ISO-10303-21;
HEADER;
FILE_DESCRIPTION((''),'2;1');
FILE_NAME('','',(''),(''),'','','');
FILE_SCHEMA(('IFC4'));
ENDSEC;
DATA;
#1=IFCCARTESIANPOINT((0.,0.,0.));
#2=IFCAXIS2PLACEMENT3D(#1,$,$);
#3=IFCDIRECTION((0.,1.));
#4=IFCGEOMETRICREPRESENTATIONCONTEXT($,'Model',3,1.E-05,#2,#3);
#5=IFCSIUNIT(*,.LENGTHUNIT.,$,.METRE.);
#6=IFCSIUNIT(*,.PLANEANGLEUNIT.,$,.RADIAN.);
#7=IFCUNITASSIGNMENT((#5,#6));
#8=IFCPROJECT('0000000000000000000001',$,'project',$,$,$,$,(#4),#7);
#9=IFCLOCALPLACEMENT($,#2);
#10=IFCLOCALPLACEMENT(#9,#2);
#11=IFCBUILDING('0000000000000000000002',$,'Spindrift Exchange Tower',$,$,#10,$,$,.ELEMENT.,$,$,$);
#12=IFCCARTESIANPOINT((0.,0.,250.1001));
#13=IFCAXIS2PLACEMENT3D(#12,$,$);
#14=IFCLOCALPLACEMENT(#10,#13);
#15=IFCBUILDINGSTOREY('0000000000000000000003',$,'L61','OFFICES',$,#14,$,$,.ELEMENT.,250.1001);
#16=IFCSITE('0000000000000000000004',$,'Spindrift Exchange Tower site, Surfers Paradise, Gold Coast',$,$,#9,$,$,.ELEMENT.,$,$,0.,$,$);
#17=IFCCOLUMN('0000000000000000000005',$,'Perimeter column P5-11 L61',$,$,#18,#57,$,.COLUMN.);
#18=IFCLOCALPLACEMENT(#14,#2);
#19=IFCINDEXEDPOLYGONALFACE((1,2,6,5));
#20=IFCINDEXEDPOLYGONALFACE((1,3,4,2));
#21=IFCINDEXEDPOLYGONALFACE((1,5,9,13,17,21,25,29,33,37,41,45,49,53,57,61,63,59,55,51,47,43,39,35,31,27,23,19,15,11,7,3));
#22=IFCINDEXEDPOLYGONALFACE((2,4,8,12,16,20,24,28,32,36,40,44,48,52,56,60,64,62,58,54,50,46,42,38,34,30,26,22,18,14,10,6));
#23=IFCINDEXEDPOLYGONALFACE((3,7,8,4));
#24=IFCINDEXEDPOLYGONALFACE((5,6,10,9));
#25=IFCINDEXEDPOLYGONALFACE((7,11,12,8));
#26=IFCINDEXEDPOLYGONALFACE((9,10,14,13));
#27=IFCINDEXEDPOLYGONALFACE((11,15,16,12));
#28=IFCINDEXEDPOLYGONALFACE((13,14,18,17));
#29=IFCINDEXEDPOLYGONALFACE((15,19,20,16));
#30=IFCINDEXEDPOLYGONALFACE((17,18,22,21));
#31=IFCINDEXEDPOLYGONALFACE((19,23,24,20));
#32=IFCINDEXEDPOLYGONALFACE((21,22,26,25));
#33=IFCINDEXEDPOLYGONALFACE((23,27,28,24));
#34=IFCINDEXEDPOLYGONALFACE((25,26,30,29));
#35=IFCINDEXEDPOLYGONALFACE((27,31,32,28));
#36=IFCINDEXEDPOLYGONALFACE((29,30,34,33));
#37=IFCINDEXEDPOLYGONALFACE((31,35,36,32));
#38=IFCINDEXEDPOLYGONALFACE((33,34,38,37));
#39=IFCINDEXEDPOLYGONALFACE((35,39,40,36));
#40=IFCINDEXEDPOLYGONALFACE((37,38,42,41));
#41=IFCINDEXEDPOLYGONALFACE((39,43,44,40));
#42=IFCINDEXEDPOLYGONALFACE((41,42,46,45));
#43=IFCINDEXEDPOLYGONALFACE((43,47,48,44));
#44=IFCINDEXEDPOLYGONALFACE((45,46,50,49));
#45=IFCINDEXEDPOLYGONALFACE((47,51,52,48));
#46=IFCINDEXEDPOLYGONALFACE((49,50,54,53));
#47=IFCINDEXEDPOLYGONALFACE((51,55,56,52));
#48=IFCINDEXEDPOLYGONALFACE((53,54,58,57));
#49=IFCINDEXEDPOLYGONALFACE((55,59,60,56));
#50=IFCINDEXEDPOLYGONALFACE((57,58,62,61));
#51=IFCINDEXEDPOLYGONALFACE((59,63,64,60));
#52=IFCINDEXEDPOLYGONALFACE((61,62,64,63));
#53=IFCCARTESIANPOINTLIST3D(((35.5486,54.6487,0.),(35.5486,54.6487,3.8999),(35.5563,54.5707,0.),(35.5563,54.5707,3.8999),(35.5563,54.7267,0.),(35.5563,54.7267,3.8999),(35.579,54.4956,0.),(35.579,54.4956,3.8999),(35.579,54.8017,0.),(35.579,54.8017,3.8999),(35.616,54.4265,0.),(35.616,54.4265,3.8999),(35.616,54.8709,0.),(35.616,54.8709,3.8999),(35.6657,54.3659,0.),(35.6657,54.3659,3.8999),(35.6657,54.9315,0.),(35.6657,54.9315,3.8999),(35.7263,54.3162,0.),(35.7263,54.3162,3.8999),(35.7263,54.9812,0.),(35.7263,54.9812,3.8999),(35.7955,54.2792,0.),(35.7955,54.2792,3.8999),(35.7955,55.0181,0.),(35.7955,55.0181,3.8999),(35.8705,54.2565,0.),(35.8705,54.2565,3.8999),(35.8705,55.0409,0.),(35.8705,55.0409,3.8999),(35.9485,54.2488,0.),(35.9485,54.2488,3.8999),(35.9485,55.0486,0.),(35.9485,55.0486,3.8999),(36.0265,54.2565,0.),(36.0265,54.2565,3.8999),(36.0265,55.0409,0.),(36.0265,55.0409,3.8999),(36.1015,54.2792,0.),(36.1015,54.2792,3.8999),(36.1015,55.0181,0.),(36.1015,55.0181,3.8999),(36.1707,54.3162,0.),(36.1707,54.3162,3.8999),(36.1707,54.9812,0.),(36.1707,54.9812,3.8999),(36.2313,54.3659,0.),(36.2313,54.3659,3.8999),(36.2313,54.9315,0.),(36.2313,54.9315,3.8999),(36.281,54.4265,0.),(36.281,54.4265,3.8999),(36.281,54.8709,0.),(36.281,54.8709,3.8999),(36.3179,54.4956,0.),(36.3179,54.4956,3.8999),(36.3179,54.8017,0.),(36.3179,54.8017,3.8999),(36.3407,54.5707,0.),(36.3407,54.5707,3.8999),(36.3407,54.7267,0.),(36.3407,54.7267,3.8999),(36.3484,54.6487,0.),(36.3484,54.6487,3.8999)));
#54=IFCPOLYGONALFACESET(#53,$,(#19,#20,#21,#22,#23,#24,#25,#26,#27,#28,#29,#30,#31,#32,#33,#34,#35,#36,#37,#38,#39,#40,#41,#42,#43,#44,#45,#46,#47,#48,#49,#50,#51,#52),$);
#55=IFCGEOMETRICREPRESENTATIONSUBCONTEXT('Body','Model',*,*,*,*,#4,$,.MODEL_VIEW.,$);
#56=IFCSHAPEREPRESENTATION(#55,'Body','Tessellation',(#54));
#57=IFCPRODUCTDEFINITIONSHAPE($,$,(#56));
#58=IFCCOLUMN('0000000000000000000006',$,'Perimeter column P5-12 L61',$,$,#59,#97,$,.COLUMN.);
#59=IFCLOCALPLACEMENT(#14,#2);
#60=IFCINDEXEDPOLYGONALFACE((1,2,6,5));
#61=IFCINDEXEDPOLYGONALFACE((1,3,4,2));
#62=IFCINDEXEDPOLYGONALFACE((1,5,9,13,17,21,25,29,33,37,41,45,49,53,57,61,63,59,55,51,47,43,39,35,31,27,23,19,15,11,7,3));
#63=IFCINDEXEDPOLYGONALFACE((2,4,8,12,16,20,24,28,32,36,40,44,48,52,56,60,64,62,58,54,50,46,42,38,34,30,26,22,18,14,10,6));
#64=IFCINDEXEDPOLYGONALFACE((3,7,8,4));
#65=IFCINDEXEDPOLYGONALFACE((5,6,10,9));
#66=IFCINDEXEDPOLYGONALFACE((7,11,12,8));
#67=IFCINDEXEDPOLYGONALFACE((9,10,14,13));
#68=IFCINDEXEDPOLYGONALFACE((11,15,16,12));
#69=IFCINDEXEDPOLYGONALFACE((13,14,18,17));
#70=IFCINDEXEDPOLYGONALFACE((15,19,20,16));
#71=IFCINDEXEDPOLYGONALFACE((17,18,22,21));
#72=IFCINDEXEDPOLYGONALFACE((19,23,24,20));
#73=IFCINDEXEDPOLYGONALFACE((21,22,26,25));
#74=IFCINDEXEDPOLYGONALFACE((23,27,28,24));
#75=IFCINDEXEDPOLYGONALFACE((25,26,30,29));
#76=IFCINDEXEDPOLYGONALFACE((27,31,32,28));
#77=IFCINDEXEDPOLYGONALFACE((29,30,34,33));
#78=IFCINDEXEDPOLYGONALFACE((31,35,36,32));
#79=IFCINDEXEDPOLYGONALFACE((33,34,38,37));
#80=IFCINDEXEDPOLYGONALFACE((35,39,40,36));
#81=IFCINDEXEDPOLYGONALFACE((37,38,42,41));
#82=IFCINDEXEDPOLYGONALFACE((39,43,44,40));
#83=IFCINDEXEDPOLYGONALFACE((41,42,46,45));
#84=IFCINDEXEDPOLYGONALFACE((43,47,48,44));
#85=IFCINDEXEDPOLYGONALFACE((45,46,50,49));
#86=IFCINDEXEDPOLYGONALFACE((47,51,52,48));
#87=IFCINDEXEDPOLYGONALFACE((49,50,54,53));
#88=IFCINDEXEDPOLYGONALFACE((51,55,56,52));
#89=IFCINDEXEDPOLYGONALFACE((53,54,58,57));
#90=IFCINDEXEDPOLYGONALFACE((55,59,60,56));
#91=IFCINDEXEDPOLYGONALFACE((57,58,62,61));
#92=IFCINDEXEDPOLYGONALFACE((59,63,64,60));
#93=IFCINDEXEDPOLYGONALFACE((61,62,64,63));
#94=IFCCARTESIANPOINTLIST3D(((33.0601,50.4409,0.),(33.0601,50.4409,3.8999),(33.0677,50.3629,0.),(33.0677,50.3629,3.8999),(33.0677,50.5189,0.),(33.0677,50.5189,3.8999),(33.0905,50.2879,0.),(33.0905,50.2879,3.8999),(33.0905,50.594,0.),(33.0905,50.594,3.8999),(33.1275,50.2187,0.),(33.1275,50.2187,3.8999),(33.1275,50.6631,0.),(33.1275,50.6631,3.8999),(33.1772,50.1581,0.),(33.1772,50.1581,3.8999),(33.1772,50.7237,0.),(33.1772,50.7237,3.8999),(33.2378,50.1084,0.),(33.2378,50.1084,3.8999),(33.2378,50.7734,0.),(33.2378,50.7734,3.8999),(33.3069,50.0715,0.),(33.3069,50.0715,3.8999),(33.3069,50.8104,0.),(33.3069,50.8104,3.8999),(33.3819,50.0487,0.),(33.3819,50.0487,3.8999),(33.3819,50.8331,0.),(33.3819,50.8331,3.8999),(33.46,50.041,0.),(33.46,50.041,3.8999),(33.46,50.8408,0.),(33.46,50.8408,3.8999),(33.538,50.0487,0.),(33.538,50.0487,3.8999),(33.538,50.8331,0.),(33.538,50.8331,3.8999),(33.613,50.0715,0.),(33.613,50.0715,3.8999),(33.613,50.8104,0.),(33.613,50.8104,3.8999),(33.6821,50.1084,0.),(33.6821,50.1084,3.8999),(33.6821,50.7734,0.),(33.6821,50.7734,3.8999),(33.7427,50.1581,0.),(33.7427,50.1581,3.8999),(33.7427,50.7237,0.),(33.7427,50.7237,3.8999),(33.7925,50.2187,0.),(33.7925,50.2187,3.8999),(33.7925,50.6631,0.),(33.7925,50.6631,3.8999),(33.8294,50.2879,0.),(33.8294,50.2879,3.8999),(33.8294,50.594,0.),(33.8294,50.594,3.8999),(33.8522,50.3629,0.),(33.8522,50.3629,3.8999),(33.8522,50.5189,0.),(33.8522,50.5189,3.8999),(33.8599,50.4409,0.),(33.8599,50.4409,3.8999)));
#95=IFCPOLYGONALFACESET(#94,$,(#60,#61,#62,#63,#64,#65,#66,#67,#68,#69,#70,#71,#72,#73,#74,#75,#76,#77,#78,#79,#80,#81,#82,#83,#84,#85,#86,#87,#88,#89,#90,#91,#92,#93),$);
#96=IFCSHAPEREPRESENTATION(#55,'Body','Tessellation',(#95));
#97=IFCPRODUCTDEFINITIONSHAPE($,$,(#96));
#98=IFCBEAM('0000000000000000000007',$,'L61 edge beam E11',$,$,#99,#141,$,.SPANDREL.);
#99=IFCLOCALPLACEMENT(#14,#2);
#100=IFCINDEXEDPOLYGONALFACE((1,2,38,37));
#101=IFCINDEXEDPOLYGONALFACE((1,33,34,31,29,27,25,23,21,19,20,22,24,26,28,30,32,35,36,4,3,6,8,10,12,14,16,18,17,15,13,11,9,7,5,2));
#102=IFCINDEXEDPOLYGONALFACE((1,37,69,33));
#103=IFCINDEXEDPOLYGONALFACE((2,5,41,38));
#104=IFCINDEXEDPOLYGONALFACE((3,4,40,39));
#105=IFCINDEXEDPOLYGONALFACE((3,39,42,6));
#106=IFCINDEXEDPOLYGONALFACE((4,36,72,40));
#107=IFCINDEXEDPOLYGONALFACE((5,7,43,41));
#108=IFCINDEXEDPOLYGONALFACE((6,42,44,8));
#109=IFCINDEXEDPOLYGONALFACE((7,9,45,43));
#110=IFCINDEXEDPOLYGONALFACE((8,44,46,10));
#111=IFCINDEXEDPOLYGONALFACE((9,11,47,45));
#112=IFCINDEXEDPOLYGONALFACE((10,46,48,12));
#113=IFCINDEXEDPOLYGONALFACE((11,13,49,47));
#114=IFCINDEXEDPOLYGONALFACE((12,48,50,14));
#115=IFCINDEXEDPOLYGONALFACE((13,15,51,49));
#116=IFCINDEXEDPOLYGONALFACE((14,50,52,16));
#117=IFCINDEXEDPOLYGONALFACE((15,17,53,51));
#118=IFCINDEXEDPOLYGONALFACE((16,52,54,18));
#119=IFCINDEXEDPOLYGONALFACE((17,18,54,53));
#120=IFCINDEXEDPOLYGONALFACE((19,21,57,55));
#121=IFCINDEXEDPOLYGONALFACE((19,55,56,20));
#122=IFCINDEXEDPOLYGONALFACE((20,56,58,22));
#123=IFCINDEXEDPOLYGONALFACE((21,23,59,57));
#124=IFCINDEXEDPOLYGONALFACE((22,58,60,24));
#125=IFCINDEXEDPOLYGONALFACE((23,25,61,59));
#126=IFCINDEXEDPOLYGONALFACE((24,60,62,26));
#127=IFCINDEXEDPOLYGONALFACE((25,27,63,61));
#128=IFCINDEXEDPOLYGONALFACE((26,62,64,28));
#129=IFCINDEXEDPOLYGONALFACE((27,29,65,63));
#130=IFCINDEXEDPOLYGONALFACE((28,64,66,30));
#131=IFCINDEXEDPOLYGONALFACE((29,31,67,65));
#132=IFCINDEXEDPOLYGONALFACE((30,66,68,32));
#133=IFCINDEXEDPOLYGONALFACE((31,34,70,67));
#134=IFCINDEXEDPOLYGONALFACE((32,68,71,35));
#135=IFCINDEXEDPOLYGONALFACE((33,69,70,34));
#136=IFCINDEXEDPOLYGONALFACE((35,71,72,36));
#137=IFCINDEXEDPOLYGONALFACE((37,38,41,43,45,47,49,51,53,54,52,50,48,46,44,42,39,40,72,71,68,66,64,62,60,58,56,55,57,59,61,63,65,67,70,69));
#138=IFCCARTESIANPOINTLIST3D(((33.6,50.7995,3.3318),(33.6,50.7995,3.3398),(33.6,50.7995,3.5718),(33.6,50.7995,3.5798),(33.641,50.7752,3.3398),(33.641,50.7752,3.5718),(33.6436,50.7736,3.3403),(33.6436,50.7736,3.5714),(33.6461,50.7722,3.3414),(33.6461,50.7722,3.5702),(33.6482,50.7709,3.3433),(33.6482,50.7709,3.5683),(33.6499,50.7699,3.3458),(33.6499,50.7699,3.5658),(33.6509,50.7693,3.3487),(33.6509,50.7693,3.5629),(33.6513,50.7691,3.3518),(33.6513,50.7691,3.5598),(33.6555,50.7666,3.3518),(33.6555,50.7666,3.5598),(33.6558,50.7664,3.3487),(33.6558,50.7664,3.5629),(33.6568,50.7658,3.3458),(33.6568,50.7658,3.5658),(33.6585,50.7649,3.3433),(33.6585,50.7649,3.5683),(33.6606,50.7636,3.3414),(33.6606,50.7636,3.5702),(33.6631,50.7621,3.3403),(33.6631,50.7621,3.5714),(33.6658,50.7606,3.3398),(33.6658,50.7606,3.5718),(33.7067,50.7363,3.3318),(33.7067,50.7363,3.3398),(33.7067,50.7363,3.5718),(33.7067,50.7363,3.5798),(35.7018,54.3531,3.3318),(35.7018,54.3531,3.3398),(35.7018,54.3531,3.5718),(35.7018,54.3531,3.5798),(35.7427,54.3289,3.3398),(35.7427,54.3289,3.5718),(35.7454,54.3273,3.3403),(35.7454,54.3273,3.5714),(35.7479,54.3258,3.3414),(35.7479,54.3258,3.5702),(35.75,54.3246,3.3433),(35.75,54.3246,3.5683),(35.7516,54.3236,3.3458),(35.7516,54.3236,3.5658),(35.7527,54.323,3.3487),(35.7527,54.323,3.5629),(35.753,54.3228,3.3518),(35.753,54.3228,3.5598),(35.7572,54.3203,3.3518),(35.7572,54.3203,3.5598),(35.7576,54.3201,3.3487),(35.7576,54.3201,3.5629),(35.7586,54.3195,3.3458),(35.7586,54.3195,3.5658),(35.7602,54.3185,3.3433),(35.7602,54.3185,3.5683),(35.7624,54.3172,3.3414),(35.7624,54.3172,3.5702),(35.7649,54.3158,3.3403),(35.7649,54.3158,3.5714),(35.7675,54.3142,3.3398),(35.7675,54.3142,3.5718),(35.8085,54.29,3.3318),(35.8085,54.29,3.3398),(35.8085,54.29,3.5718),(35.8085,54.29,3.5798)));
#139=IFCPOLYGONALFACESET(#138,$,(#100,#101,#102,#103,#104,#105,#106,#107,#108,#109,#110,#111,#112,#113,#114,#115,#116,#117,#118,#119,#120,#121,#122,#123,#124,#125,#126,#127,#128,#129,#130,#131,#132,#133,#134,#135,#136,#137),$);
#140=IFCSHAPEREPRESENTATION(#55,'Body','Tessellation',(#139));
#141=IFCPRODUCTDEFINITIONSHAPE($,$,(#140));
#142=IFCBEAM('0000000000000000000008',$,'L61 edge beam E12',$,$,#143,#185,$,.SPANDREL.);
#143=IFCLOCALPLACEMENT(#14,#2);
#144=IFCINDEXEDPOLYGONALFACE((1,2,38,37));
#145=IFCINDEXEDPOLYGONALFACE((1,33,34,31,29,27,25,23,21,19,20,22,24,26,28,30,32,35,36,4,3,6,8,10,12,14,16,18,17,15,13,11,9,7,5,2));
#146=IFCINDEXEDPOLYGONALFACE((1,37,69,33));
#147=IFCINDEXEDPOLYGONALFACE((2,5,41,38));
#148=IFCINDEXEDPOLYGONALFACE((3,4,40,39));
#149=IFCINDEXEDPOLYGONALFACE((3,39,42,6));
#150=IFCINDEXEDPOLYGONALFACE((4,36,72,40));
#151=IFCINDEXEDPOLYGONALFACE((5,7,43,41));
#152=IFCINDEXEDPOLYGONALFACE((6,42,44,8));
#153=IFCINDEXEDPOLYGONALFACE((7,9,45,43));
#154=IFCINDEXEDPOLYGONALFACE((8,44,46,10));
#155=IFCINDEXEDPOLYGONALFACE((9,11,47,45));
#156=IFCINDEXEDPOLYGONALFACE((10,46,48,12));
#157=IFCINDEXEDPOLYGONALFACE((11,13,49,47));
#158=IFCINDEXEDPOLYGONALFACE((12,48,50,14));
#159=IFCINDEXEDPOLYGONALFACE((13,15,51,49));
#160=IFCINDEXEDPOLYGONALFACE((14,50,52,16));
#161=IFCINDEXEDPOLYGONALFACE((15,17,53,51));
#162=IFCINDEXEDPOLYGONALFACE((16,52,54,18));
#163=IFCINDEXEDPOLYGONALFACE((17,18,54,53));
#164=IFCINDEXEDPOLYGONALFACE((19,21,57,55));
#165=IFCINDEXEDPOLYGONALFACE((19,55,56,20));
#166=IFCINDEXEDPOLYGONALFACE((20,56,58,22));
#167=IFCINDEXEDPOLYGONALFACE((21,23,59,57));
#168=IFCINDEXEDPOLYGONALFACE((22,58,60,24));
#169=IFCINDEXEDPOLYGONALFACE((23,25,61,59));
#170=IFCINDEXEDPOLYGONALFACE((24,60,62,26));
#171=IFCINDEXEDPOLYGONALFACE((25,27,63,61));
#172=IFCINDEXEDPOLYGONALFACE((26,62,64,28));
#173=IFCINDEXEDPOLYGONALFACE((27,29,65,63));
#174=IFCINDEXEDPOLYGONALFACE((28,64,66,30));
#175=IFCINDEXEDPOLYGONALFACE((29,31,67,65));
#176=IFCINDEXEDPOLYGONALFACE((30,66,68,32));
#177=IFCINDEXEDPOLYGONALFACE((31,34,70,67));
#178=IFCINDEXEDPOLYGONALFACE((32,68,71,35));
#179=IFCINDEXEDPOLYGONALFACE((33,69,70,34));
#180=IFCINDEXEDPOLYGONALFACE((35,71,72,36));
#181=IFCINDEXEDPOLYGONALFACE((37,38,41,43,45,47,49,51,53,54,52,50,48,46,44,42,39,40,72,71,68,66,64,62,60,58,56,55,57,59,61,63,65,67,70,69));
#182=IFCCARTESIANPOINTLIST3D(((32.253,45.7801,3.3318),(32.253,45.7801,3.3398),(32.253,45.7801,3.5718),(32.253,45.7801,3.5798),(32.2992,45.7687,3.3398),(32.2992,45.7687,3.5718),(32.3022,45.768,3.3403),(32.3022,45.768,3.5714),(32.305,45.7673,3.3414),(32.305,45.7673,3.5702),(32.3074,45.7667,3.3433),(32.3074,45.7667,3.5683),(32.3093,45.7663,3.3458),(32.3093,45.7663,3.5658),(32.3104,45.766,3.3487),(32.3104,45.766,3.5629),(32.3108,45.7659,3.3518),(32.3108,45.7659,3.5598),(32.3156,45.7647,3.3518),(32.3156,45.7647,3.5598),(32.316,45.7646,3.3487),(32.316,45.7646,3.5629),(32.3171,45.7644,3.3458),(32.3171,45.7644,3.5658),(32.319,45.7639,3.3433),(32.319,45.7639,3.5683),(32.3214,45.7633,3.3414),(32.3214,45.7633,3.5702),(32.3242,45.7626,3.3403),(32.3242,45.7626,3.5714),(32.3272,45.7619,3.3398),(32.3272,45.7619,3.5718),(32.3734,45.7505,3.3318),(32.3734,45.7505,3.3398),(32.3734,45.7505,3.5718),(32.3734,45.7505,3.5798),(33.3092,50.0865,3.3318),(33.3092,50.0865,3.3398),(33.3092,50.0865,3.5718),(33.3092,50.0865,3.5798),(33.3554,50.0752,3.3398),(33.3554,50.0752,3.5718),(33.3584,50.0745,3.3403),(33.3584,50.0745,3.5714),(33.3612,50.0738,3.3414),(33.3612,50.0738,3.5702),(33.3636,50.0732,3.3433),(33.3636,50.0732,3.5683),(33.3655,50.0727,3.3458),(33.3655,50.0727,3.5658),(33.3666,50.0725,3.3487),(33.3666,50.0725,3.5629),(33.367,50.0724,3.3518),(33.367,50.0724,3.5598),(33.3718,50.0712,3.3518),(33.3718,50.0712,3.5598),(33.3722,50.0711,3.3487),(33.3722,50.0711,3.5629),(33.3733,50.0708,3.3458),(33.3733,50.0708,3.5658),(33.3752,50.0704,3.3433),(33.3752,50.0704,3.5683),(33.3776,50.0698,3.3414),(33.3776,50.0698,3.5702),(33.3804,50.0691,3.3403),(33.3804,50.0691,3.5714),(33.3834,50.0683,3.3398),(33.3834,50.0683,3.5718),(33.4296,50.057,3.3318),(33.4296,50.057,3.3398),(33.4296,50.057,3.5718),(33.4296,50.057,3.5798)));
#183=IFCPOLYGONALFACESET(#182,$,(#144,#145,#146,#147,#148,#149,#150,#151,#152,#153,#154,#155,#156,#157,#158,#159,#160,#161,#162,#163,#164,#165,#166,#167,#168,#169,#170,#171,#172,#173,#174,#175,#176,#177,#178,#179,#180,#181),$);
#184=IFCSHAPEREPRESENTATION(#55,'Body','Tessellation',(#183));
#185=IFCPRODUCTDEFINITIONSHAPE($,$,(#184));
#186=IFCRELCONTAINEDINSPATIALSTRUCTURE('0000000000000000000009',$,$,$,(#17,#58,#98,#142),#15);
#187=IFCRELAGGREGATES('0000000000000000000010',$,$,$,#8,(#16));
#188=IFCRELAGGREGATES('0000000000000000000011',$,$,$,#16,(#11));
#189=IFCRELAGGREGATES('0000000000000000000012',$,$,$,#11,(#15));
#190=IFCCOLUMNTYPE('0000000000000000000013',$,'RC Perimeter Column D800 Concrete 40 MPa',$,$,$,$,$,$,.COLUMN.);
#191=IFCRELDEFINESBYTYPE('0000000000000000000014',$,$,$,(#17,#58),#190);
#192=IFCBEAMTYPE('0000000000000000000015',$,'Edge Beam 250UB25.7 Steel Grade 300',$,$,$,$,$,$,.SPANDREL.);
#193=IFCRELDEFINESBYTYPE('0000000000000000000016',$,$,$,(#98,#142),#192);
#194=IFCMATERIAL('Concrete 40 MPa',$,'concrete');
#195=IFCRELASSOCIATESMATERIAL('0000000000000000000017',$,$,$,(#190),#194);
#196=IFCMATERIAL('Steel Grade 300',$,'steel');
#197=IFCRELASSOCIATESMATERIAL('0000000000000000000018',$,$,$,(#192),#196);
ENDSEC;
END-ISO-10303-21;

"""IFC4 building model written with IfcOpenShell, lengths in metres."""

from ifc_helpers import new_model, si_unit, direction, frame, origin, origin_2d, place, context, subcontext, project, spatial, circle, i_section, extrude, source, transform, mapped, material, material_profile, profile_set, type_object, element, save


model = new_model("IFC4")

# Units and contexts
model_context = context("Model", 3, precision=1e-05, world=origin(), true_north=direction((0.0, 1.0)))
body_context = subcontext(model_context, "Body", "Model", "MODEL_VIEW")
ifc_project = project(units=[si_unit("LENGTHUNIT", "METRE"), si_unit("PLANEANGLEUNIT", "RADIAN")], contexts=[model_context])

# Site, building, storey
site_placement = place(None, origin())
site = spatial("IfcSite", under=ifc_project, at=site_placement, Name="Spindrift Exchange Tower site, Surfers Paradise, Gold Coast", CompositionType="ELEMENT", RefElevation=0.0)
building_placement = place(site_placement, origin())
building = spatial("IfcBuilding", under=site, at=building_placement, Name="Spindrift Exchange Tower", CompositionType="ELEMENT")
storey_placement = place(building_placement, frame((0.0, 0.0, 250.1001)))
storey = spatial("IfcBuildingStorey", under=building, at=storey_placement, Name="L61", Description="OFFICES", CompositionType="ELEMENT", Elevation=250.1001)

# Columns
ifc_material_1 = material(Name="Concrete 40 MPa", Category="concrete")
ifc_material_profile_1 = material_profile(ifc_material_1, circle(Radius=0.3999, at=origin_2d()), Name="RC D800")
ifc_profile_set_1 = profile_set([ifc_material_profile_1], Name="Concrete 40 MPa")
column_type = type_object("IfcColumnType", Name="RC Perimeter Column D800 Concrete 40 MPa", PredefinedType="COLUMN", material=ifc_profile_set_1)
shared_shape_1 = source(origin(), body_context, "Body", "SweptSolid", [
    extrude(circle(Radius=0.3999, at=origin_2d()), origin(), (0.0, 0.0, 1.0), 3.8999),
])
for number, where, z_axis, x_axis, name in (
    (1, (35.9485, 54.6487, 0.0), (0.0, 0.0, 1.0), (1.0, 0.0, 0.0), "Perimeter column P5-11 L61"),
    (2, (33.46, 50.4409, 0.0), (0.0, 0.0, 1.0), (1.0, 0.0, 0.0), "Perimeter column P5-12 L61"),
):
    element("IfcColumn", number, at=place(storey_placement, frame(where, z_axis=z_axis, x_axis=x_axis)), inside=storey, type_object=column_type, Name=name, PredefinedType="COLUMN", context=body_context, shape_type="MappedRepresentation", body=[
        mapped(shared_shape_1, transform((0.0, 0.0, 0.0), scale=1.0)),
    ])

# Beams
ifc_material_2 = material(Name="Steel Grade 300", Category="steel")
ifc_material_profile_2 = material_profile(ifc_material_2, i_section(OverallWidth=0.124, OverallDepth=0.248, WebThickness=0.0049, FlangeThickness=0.0081, FilletRadius=0.012, at=origin_2d()), Name="250UB25.7")
ifc_profile_set_2 = profile_set([ifc_material_profile_2], Name="Steel Grade 300")
beam_type_1 = type_object("IfcBeamType", Name="Edge Beam 250UB25.7 Steel Grade 300", PredefinedType="SPANDREL", material=ifc_profile_set_2)
shared_shape_2 = source(origin(), body_context, "Body", "SweptSolid", [
    extrude(i_section(OverallWidth=0.124, OverallDepth=0.248, WebThickness=0.0049, FlangeThickness=0.0081, FilletRadius=0.012, at=origin_2d()), origin(), (0.0, 0.0, 1.0), 4.1287),
])
beam_1_placement = place(storey_placement, frame((35.7551, 54.3215, 3.4558), z_axis=(-0.509068, -0.860726, 0.0), x_axis=(0.860726, -0.509068, 0.0)))
element("IfcBeam", 3, at=beam_1_placement, inside=storey, type_object=beam_type_1, Name="L61 edge beam E11", PredefinedType="SPANDREL", context=body_context, shape_type="MappedRepresentation", body=[
    mapped(shared_shape_2, transform((0.0, 0.0, 0.0), scale=1.0)),
])
shared_shape_3 = source(origin(), body_context, "Body", "SweptSolid", [
    extrude(i_section(OverallWidth=0.124, OverallDepth=0.248, WebThickness=0.0049, FlangeThickness=0.0081, FilletRadius=0.012, at=origin_2d()), origin(), (0.0, 0.0, 1.0), 4.4341),
])
beam_2_placement = place(storey_placement, frame((33.3694, 50.0718, 3.4558), z_axis=(-0.238193, -0.971218, 0.0), x_axis=(0.971218, -0.238193, 0.0)))
element("IfcBeam", 4, at=beam_2_placement, inside=storey, type_object=beam_type_1, Name="L61 edge beam E12", PredefinedType="SPANDREL", context=body_context, shape_type="MappedRepresentation", body=[
    mapped(shared_shape_3, transform((0.0, 0.0, 0.0), scale=1.0)),
])

save(model, "model.ifc")
